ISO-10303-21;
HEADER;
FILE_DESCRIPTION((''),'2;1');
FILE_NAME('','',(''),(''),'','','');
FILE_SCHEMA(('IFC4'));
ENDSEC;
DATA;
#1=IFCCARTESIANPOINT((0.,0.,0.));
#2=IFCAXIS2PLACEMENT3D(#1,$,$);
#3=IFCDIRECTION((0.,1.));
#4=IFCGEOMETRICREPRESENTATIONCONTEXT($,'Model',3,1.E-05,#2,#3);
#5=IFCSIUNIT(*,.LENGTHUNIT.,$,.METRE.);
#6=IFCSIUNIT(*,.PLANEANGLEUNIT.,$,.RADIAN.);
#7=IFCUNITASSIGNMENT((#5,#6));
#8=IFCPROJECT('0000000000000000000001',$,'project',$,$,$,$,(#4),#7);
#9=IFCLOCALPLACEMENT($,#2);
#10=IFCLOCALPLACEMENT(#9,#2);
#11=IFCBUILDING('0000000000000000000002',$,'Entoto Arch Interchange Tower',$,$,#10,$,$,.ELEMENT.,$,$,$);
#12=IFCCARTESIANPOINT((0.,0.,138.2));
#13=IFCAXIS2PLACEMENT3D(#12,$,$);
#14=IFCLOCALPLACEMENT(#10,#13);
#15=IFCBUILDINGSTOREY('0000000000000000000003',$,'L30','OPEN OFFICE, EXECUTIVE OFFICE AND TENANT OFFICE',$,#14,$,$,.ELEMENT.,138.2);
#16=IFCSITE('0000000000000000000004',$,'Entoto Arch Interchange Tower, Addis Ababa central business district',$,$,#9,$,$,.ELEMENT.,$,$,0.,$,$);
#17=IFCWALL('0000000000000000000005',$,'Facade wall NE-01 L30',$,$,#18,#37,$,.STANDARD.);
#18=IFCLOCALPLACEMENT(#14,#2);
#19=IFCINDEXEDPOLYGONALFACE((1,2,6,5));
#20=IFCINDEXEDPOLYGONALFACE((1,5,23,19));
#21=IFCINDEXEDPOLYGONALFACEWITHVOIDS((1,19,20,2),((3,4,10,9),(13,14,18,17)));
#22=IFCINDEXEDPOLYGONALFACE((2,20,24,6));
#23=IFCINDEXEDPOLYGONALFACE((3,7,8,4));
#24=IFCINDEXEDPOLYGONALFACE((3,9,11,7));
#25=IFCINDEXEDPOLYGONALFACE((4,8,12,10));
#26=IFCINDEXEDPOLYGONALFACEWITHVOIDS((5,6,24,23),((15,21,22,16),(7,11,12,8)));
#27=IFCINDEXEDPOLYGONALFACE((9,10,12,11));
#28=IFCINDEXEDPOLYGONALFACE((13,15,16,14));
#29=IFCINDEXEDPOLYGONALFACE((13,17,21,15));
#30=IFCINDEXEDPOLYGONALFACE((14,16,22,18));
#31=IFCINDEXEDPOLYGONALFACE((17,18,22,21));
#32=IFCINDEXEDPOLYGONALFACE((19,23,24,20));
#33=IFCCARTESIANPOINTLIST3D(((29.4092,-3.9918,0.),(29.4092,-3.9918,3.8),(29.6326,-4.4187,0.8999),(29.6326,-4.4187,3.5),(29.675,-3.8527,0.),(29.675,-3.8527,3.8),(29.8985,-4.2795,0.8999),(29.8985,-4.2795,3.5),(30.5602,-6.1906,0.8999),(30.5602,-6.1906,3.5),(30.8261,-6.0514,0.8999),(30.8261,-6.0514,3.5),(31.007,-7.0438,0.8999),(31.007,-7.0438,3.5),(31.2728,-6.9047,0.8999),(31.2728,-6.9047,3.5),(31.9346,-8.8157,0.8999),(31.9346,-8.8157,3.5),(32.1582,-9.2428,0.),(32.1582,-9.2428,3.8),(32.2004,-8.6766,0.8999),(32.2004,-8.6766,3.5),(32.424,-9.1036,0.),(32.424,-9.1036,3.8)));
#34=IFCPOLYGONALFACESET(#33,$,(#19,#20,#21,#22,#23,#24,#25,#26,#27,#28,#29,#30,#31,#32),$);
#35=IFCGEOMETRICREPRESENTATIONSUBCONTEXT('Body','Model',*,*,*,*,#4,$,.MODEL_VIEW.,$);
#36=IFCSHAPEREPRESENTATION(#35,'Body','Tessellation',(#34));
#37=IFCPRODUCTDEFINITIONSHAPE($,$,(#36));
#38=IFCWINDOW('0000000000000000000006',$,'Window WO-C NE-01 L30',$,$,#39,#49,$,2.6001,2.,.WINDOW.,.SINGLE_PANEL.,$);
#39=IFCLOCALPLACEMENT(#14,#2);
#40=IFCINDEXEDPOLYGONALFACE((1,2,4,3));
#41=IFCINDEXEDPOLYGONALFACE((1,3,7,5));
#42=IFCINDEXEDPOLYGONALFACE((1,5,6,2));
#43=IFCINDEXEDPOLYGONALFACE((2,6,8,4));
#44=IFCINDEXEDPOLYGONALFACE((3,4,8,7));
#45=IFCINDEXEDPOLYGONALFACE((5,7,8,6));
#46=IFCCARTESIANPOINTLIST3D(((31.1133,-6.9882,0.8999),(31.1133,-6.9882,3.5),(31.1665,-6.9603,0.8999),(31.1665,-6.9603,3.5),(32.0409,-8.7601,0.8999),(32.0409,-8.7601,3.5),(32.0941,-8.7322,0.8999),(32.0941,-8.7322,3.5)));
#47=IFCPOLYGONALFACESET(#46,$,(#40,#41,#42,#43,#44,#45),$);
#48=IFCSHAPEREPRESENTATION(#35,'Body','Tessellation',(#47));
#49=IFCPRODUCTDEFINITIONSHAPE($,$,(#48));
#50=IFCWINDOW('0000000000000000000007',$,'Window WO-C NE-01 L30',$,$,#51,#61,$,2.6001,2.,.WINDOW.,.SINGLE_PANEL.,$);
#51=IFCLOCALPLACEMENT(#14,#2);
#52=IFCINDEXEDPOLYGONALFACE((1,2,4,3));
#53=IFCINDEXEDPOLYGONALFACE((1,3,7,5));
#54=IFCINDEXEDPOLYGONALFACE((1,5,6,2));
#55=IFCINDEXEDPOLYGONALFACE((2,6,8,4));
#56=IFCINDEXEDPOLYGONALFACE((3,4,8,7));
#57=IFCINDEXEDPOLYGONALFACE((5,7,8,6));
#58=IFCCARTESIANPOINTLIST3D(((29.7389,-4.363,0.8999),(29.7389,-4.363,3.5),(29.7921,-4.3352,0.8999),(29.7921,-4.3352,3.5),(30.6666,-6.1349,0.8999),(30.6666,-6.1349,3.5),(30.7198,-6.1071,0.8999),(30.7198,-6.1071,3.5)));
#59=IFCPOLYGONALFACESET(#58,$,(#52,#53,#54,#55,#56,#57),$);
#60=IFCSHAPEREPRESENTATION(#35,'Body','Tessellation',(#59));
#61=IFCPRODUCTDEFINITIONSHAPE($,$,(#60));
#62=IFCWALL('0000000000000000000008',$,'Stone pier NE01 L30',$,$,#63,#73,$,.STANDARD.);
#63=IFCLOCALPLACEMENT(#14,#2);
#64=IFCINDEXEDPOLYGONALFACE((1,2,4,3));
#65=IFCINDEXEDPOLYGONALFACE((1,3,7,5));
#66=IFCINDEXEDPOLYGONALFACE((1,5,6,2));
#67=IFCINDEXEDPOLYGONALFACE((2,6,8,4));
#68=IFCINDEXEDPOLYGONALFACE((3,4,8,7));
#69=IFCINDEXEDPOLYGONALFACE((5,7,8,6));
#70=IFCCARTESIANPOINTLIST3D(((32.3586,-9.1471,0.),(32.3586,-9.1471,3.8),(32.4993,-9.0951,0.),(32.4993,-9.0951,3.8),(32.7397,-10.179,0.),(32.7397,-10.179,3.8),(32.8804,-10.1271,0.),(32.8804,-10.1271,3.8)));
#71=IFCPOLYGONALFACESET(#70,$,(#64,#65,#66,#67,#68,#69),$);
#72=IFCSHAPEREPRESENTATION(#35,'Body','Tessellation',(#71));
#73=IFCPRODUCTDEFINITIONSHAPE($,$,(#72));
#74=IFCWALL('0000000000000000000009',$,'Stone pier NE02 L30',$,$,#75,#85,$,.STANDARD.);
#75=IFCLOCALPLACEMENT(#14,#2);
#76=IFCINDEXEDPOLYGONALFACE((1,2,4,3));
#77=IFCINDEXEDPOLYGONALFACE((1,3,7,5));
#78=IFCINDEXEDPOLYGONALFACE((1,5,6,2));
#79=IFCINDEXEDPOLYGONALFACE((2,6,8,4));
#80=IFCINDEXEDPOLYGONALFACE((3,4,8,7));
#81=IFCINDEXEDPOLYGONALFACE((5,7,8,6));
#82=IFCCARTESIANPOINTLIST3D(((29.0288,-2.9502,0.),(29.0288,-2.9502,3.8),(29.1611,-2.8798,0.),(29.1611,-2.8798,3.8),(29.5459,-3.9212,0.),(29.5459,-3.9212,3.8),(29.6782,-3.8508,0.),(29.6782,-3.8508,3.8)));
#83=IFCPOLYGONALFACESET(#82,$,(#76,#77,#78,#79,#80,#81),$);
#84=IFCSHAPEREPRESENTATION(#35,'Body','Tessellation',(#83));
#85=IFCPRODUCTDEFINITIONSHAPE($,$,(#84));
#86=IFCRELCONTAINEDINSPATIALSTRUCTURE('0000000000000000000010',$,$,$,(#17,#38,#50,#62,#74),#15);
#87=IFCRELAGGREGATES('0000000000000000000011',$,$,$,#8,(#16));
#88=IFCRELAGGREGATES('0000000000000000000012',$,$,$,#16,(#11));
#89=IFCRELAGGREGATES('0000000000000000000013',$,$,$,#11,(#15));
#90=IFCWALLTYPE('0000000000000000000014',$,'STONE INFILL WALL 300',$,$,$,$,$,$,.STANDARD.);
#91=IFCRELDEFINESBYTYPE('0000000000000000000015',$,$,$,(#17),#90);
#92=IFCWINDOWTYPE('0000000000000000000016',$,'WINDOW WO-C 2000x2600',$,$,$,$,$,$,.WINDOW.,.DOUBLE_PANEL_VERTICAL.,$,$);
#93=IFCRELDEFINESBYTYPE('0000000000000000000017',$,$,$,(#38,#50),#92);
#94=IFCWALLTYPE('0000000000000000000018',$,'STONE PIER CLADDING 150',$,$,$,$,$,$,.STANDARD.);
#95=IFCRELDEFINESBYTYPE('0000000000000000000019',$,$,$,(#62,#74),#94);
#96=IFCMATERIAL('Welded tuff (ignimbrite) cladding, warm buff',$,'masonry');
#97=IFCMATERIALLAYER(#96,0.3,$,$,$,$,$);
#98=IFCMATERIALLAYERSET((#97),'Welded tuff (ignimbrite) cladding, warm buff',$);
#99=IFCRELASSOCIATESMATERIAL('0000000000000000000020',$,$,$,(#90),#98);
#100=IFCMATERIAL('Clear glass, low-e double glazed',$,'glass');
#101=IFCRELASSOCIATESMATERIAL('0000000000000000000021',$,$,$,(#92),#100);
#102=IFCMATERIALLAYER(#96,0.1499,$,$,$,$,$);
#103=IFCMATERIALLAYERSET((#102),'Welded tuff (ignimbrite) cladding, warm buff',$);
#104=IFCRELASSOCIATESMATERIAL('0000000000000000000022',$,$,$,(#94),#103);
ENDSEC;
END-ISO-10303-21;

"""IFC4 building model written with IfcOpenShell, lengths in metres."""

from ifc_helpers import new_model, si_unit, direction, frame, frame_2d, origin, place, context, subcontext, project, spatial, rectangle, extrude, material, layer, layer_set, type_object, element, fill, save


model = new_model("IFC4")

# Units and contexts
model_context = context("Model", 3, precision=1e-05, world=origin(), true_north=direction((0.0, 1.0)))
body_context = subcontext(model_context, "Body", "Model", "MODEL_VIEW")
ifc_project = project(units=[si_unit("LENGTHUNIT", "METRE"), si_unit("PLANEANGLEUNIT", "RADIAN")], contexts=[model_context])

# Site, building, storey
site_placement = place(None, origin())
site = spatial("IfcSite", under=ifc_project, at=site_placement, Name="Entoto Arch Interchange Tower, Addis Ababa central business district", CompositionType="ELEMENT", RefElevation=0.0)
building_placement = place(site_placement, origin())
building = spatial("IfcBuilding", under=site, at=building_placement, Name="Entoto Arch Interchange Tower", CompositionType="ELEMENT")
storey_placement = place(building_placement, frame((0.0, 0.0, 138.2)))
storey = spatial("IfcBuildingStorey", under=building, at=storey_placement, Name="L30", Description="OPEN OFFICE, EXECUTIVE OFFICE AND TENANT OFFICE", CompositionType="ELEMENT", Elevation=138.2)

# Shared definitions
ifc_material_1 = material(Name="Welded tuff (ignimbrite) cladding, warm buff", Category="masonry")
ifc_layer_1 = layer(ifc_material_1, 0.3)
ifc_layer_set_1 = layer_set([ifc_layer_1], Name="Welded tuff (ignimbrite) cladding, warm buff")
wall_type_1 = type_object("IfcWallType", Name="STONE INFILL WALL 300", PredefinedType="STANDARD", material=ifc_layer_set_1)
ifc_material_2 = material(Name="Clear glass, low-e double glazed", Category="glass")

# Wall, openings, windows
wall_1_placement = place(storey_placement, frame((32.291, -9.1731, 0.0), z_axis=(0.0, 0.0, 1.0), x_axis=(-0.46381, 0.885935, 0.0)))
wall_1 = element("IfcWall", 1, at=wall_1_placement, inside=storey, type_object=wall_type_1, Name="Facade wall NE-01 L30", PredefinedType="STANDARD", context=body_context, shape_type="SweptSolid", body=[
    extrude(rectangle(XDim=5.927, YDim=0.3, at=frame_2d((2.9634, 0.0))), origin(), (0.0, 0.0, 1.0), 3.8),
])
opening_1_placement = place(wall_1_placement, frame((0.4819, 0.0, 0.8999)))
opening_1 = element("IfcOpeningElement", 2, at=opening_1_placement, cuts=wall_1, PredefinedType="OPENING", context=body_context, shape_type="SweptSolid", body=[
    extrude(rectangle(XDim=2.0, YDim=2.6001, at=frame_2d((1.0, 1.3))), frame((0.0, 0.1602, 0.0), z_axis=(0.0, -1.0, 0.0), x_axis=(1.0, 0.0, 0.0)), (0.0, 0.0, 1.0), 0.3201),
])
opening_2_placement = place(wall_1_placement, frame((3.4451, 0.0, 0.8999)))
opening_2 = element("IfcOpeningElement", 3, at=opening_2_placement, cuts=wall_1, PredefinedType="OPENING", context=body_context, shape_type="SweptSolid", body=[
    extrude(rectangle(XDim=2.0, YDim=2.6001, at=frame_2d((1.0, 1.3))), frame((0.0, 0.1602, 0.0), z_axis=(0.0, -1.0, 0.0), x_axis=(1.0, 0.0, 0.0)), (0.0, 0.0, 1.0), 0.3201),
])
window_type_1 = type_object("IfcWindowType", Name="WINDOW WO-C 2000x2600", PartitioningType="DOUBLE_PANEL_VERTICAL", PredefinedType="WINDOW", material=ifc_material_2)
window_1_placement = place(opening_1_placement, origin())
window_1 = element("IfcWindow", 4, at=window_1_placement, inside=storey, type_object=window_type_1, Name="Window WO-C NE-01 L30", OverallHeight=2.6001, OverallWidth=2.0, PartitioningType="SINGLE_PANEL", PredefinedType="WINDOW", context=body_context, shape_type="SweptSolid", body=[
    extrude(rectangle(XDim=2.0, YDim=2.6001, at=frame_2d((1.0, 1.3))), frame((0.0, 0.03, 0.0), z_axis=(0.0, -1.0, 0.0), x_axis=(1.0, 0.0, 0.0)), (0.0, 0.0, 1.0), 0.0601),
])
fill(opening_1, window_1)
window_2_placement = place(opening_2_placement, origin())
window_2 = element("IfcWindow", 5, at=window_2_placement, inside=storey, type_object=window_type_1, Name="Window WO-C NE-01 L30", OverallHeight=2.6001, OverallWidth=2.0, PartitioningType="SINGLE_PANEL", PredefinedType="WINDOW", context=body_context, shape_type="SweptSolid", body=[
    extrude(rectangle(XDim=2.0, YDim=2.6001, at=frame_2d((1.0, 1.3))), frame((0.0, 0.03, 0.0), z_axis=(0.0, -1.0, 0.0), x_axis=(1.0, 0.0, 0.0)), (0.0, 0.0, 1.0), 0.0601),
])
fill(opening_2, window_2)

# Walls
ifc_layer_2 = layer(ifc_material_1, 0.1499)
ifc_layer_set_2 = layer_set([ifc_layer_2], Name="Welded tuff (ignimbrite) cladding, warm buff")
wall_type_2 = type_object("IfcWallType", Name="STONE PIER CLADDING 150", PredefinedType="STANDARD", material=ifc_layer_set_2)
for number, where, z_axis, x_axis, name in (
    (6, (32.8101, -10.1531, 0.0), (0.0, 0.0, 1.0), (-0.346425, 0.938078, 0.0), "Stone pier NE01 L30"),
    (7, (29.6121, -3.886, 0.0), (0.0, 0.0, 1.0), (-0.470058, 0.882635, 0.0), "Stone pier NE02 L30"),
):
    element("IfcWall", number, at=place(storey_placement, frame(where, z_axis=z_axis, x_axis=x_axis)), inside=storey, type_object=wall_type_2, Name=name, PredefinedType="STANDARD", context=body_context, shape_type="SweptSolid", body=[
        extrude(rectangle(XDim=1.1001, YDim=0.1499, at=frame_2d((0.55, 0.0))), origin(), (0.0, 0.0, 1.0), 3.8),
    ])

save(model, "model.ifc")
